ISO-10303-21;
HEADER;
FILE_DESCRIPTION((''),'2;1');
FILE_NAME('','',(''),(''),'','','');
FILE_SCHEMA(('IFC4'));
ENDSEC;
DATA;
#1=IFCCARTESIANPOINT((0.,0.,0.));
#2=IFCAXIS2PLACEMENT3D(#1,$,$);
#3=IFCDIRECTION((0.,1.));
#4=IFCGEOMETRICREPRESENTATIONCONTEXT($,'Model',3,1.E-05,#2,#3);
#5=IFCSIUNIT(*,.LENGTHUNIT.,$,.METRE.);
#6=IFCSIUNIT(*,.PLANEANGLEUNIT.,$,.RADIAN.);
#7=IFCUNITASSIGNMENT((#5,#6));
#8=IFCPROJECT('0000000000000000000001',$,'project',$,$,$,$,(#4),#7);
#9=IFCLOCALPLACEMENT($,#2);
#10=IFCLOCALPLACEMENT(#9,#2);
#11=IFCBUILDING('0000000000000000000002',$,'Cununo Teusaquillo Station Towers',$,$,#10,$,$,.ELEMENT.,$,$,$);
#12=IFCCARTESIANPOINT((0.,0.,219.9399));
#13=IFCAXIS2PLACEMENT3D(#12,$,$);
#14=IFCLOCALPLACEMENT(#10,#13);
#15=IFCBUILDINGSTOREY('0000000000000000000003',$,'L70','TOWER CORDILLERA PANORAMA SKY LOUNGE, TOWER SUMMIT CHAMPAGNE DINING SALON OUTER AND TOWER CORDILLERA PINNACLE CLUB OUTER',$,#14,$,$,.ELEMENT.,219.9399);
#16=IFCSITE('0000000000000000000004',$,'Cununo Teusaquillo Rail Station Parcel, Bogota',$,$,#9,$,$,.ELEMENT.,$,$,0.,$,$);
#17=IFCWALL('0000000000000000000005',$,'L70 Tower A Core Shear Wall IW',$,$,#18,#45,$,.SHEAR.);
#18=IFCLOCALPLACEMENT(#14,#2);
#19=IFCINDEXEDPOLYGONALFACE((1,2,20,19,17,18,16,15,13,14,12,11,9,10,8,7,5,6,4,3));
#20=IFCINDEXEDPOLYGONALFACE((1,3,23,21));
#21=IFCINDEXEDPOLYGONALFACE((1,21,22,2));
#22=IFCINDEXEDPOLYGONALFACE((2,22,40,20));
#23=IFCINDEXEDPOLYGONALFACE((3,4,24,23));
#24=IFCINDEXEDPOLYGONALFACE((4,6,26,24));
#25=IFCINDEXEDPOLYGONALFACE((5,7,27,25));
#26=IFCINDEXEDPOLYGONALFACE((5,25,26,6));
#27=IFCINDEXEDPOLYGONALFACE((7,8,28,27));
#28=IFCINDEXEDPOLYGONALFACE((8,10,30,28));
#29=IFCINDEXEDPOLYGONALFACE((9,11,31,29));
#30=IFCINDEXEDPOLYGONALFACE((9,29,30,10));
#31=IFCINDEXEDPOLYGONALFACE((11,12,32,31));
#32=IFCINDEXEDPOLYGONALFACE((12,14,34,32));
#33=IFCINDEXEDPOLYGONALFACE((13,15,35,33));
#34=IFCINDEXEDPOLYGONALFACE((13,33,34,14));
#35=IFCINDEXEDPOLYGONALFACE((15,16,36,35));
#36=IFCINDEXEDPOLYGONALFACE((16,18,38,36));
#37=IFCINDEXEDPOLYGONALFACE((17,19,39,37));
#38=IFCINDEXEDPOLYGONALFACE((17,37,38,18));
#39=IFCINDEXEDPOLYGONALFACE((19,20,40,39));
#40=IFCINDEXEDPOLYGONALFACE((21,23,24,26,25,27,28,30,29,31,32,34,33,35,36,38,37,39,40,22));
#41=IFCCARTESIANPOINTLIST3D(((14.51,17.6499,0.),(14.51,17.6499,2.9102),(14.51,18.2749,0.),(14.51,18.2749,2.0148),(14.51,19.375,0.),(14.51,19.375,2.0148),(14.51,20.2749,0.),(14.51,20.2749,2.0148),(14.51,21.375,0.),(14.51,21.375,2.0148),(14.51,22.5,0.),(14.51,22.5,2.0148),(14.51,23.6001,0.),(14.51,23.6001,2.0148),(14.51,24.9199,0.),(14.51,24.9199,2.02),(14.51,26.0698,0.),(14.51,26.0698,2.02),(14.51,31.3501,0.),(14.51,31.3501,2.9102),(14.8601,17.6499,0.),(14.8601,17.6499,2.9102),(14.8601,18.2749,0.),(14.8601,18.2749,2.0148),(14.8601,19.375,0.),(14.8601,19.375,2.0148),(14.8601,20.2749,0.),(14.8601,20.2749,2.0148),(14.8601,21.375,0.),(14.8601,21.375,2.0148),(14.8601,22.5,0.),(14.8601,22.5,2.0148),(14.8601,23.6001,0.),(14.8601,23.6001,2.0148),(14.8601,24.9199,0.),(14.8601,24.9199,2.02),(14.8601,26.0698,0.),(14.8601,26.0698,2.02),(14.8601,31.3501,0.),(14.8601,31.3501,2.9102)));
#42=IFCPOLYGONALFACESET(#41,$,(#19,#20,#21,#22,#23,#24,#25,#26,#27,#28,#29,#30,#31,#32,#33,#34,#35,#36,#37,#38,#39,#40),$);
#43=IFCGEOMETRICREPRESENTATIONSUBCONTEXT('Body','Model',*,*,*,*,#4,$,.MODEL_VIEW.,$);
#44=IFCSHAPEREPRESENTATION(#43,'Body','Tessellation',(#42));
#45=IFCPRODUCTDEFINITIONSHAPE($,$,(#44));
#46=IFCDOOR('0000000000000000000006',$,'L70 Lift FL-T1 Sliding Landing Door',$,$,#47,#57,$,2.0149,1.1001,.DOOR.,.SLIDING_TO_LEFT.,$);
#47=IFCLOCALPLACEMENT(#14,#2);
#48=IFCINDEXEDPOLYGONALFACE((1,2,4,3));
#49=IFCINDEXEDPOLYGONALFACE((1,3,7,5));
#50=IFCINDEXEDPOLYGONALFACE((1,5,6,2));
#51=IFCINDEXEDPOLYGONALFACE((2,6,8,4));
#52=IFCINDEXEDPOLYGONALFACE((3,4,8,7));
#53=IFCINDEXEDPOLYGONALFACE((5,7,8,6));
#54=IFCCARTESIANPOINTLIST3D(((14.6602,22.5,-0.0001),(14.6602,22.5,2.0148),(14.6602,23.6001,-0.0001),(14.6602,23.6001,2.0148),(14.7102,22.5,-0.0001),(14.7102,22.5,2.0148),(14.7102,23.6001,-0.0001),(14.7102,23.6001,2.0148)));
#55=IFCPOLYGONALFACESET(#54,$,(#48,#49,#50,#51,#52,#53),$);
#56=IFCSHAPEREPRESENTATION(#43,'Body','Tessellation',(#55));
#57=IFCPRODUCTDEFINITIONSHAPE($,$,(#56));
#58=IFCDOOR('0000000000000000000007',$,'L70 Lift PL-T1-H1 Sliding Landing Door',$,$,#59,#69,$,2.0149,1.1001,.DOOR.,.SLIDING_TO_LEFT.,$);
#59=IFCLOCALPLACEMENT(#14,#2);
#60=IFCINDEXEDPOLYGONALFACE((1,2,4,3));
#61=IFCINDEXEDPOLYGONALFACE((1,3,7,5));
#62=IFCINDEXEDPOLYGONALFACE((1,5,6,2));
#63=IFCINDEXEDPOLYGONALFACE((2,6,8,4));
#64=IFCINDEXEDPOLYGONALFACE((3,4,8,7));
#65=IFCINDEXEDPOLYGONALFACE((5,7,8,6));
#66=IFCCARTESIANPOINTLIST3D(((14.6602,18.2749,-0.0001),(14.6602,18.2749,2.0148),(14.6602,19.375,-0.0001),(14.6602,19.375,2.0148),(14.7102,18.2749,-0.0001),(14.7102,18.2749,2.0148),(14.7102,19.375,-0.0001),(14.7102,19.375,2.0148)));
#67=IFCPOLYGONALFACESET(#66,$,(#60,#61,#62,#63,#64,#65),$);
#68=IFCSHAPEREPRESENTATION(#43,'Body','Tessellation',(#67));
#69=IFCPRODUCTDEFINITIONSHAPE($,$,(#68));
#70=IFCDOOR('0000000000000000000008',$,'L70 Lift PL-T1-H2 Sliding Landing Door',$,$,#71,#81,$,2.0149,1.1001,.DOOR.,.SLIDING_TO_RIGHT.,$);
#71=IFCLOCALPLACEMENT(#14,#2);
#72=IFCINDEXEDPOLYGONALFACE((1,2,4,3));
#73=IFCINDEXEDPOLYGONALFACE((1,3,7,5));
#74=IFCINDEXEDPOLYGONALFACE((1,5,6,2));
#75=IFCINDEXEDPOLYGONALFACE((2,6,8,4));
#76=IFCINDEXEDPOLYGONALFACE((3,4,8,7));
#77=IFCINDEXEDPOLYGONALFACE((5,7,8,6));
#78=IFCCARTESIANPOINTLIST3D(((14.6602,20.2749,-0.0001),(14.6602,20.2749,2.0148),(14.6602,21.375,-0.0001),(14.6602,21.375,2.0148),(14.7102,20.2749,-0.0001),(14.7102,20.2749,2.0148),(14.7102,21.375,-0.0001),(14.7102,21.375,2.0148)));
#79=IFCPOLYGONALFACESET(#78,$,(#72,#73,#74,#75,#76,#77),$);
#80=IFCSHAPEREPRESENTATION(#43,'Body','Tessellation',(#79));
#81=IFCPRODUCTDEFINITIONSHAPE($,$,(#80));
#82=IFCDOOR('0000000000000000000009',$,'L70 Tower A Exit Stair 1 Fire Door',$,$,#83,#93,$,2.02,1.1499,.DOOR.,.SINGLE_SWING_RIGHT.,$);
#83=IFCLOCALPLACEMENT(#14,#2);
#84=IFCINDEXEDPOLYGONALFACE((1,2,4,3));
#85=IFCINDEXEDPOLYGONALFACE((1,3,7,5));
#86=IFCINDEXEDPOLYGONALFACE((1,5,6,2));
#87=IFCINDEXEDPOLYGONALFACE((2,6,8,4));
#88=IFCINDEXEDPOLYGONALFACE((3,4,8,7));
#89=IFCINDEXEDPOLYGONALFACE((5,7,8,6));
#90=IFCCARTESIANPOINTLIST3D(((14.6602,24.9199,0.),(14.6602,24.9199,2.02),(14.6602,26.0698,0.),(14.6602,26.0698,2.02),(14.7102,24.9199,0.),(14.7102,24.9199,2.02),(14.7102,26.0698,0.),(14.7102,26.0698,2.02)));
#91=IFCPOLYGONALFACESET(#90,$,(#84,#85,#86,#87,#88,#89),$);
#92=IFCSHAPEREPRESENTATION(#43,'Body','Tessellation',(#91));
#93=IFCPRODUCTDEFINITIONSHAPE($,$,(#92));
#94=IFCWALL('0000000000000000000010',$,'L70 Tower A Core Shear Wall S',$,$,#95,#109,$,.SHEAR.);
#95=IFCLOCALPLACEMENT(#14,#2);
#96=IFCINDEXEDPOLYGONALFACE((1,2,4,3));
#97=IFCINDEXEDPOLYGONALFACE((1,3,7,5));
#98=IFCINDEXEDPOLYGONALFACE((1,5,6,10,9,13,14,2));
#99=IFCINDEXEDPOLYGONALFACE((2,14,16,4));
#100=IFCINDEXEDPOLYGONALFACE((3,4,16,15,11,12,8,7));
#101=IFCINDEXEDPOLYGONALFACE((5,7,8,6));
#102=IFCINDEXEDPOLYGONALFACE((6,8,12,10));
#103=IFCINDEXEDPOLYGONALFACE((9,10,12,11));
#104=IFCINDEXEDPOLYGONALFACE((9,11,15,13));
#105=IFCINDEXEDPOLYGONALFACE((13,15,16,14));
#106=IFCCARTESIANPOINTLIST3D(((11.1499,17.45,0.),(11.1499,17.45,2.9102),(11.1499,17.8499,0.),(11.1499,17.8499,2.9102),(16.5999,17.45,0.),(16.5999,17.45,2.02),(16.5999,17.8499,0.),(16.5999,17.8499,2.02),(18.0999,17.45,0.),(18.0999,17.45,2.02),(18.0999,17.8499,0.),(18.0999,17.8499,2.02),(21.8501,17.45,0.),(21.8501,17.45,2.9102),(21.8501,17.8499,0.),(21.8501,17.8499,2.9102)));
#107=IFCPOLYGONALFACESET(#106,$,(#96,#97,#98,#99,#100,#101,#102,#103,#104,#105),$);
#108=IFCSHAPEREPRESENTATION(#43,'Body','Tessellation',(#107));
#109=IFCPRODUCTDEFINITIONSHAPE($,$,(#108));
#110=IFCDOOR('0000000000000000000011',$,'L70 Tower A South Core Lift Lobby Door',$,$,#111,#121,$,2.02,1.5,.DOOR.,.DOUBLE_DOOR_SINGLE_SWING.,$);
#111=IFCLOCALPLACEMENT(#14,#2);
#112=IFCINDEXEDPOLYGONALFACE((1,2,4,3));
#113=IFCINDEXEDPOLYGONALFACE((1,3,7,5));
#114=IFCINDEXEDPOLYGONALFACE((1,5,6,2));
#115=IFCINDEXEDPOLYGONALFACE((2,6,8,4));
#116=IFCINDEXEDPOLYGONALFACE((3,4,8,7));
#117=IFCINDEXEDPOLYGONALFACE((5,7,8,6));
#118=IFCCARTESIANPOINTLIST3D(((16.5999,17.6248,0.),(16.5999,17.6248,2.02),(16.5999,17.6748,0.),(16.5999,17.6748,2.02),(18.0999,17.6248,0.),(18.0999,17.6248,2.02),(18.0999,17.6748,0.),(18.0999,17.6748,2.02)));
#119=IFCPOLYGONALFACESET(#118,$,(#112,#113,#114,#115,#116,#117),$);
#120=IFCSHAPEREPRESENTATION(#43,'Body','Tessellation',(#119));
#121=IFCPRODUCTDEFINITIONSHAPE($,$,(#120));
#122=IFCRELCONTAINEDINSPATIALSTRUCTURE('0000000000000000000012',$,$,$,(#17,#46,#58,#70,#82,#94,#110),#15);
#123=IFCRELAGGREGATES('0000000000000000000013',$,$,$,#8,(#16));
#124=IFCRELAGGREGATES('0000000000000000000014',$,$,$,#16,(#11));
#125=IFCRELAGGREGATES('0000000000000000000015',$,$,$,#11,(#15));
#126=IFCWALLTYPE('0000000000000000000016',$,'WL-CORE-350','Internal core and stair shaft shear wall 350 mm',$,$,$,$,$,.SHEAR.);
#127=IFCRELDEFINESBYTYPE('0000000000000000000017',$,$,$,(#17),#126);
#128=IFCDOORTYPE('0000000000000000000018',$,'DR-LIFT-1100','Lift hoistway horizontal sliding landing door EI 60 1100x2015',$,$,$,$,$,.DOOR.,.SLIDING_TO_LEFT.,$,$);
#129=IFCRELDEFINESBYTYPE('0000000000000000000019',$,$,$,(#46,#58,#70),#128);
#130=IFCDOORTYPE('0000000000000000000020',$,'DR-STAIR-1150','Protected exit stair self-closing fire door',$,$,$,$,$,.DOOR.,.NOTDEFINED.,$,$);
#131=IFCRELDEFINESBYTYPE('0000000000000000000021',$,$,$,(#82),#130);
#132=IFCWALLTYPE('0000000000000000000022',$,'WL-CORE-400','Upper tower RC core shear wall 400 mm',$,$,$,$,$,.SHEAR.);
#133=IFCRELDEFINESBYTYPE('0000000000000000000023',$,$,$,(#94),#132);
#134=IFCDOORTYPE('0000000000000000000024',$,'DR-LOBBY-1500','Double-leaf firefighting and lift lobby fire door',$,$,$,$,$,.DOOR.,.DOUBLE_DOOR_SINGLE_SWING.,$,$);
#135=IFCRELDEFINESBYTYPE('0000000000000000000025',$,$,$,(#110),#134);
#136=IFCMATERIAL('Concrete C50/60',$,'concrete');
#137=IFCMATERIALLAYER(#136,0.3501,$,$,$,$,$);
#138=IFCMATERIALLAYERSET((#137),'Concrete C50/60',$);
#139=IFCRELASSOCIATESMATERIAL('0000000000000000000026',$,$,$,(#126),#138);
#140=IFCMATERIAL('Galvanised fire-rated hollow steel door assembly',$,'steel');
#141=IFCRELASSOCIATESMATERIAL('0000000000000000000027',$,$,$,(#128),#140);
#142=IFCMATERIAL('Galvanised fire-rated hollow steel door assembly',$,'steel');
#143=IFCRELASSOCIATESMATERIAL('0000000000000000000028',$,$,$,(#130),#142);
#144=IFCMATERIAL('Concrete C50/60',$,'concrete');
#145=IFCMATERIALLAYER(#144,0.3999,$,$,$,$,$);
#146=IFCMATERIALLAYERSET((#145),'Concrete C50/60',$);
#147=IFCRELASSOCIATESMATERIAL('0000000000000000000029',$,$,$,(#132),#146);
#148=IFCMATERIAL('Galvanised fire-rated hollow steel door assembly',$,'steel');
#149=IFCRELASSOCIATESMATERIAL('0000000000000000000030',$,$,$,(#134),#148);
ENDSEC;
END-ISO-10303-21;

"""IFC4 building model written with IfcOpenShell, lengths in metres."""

from ifc_helpers import new_model, si_unit, direction, frame, frame_2d, origin, place, context, subcontext, project, spatial, rectangle, extrude, source, transform, mapped, material, layer, layer_set, type_object, element, fill, save


model = new_model("IFC4")

# Units and contexts
model_context = context("Model", 3, precision=1e-05, world=origin(), true_north=direction((0.0, 1.0)))
body_context = subcontext(model_context, "Body", "Model", "MODEL_VIEW")
ifc_project = project(units=[si_unit("LENGTHUNIT", "METRE"), si_unit("PLANEANGLEUNIT", "RADIAN")], contexts=[model_context])

# Site, building, storey
site_placement = place(None, origin())
site = spatial("IfcSite", under=ifc_project, at=site_placement, Name="Cununo Teusaquillo Rail Station Parcel, Bogota", CompositionType="ELEMENT", RefElevation=0.0)
building_placement = place(site_placement, origin())
building = spatial("IfcBuilding", under=site, at=building_placement, Name="Cununo Teusaquillo Station Towers", CompositionType="ELEMENT")
storey_placement = place(building_placement, frame((0.0, 0.0, 219.9399)))
storey = spatial("IfcBuildingStorey", under=building, at=storey_placement, Name="L70", Description="TOWER CORDILLERA PANORAMA SKY LOUNGE, TOWER SUMMIT CHAMPAGNE DINING SALON OUTER AND TOWER CORDILLERA PINNACLE CLUB OUTER", CompositionType="ELEMENT", Elevation=219.9399)

# Wall, openings, doors
ifc_material_1 = material(Name="Concrete C50/60", Category="concrete")
ifc_layer_1 = layer(ifc_material_1, 0.3501)
ifc_layer_set_1 = layer_set([ifc_layer_1], Name="Concrete C50/60")
wall_type_1 = type_object("IfcWallType", Name="WL-CORE-350", Description="Internal core and stair shaft shear wall 350 mm", PredefinedType="SHEAR", material=ifc_layer_set_1)
wall_1_placement = place(storey_placement, frame((14.6851, 17.6499, 0.0), z_axis=(0.0, 0.0, 1.0), x_axis=(0.0, 1.0, 0.0)))
wall_1 = element("IfcWall", 1, at=wall_1_placement, inside=storey, type_object=wall_type_1, Name="L70 Tower A Core Shear Wall IW", PredefinedType="SHEAR", context=body_context, shape_type="SweptSolid", body=[
    extrude(rectangle(XDim=13.7002, YDim=0.3501, at=frame_2d((6.8501, 0.0))), origin(), (0.0, 0.0, 1.0), 2.9102),
])
shared_shape_1 = source(origin(), body_context, "Body", "SweptSolid", [
    extrude(rectangle(XDim=1.1001, YDim=2.0149, at=frame_2d((0.55, 1.0073))), frame((0.0, 0.1851, 0.0), z_axis=(0.0, -1.0, 0.0), x_axis=(1.0, 0.0, 0.0)), (0.0, 0.0, 1.0), 0.3701),
])
opening_1_placement = place(wall_1_placement, frame((4.8501, 0.0, 0.0)))
opening_1 = element("IfcOpeningElement", 2, at=opening_1_placement, cuts=wall_1, PredefinedType="OPENING", context=body_context, shape_type="MappedRepresentation", body=[
    mapped(shared_shape_1, transform((0.0, 0.0, 0.0), x_axis=(1.0, 0.0, 0.0), y_axis=(0.0, 1.0, 0.0), z_axis=(0.0, 0.0, 1.0), scale=1.0)),
])
opening_2_placement = place(wall_1_placement, frame((0.625, 0.0, 0.0)))
opening_2 = element("IfcOpeningElement", 3, at=opening_2_placement, cuts=wall_1, PredefinedType="OPENING", context=body_context, shape_type="MappedRepresentation", body=[
    mapped(shared_shape_1, transform((0.0, 0.0, 0.0), x_axis=(1.0, 0.0, 0.0), y_axis=(0.0, 1.0, 0.0), z_axis=(0.0, 0.0, 1.0), scale=1.0)),
])
opening_3_placement = place(wall_1_placement, frame((2.625, 0.0, 0.0)))
opening_3 = element("IfcOpeningElement", 4, at=opening_3_placement, cuts=wall_1, PredefinedType="OPENING", context=body_context, shape_type="MappedRepresentation", body=[
    mapped(shared_shape_1, transform((0.0, 0.0, 0.0), x_axis=(1.0, 0.0, 0.0), y_axis=(0.0, 1.0, 0.0), z_axis=(0.0, 0.0, 1.0), scale=1.0)),
])
shared_shape_2 = source(origin(), body_context, "Body", "SweptSolid", [
    extrude(rectangle(XDim=1.1499, YDim=2.02, at=frame_2d((0.575, 1.01))), frame((0.0, 0.1851, 0.0), z_axis=(0.0, -1.0, 0.0), x_axis=(1.0, 0.0, 0.0)), (0.0, 0.0, 1.0), 0.3701),
])
opening_4_placement = place(wall_1_placement, frame((7.27, 0.0, 0.0)))
opening_4 = element("IfcOpeningElement", 5, at=opening_4_placement, cuts=wall_1, PredefinedType="OPENING", context=body_context, shape_type="MappedRepresentation", body=[
    mapped(shared_shape_2, transform((0.0, 0.0, 0.0), x_axis=(1.0, 0.0, 0.0), y_axis=(0.0, 1.0, 0.0), z_axis=(0.0, 0.0, 1.0), scale=1.0)),
])
ifc_material_2 = material(Name="Galvanised fire-rated hollow steel door assembly", Category="steel")
door_type_1 = type_object("IfcDoorType", Name="DR-LIFT-1100", Description="Lift hoistway horizontal sliding landing door EI 60 1100x2015", OperationType="SLIDING_TO_LEFT", PredefinedType="DOOR", material=ifc_material_2)
shared_shape_3 = source(origin(), body_context, "Body", "SweptSolid", [
    extrude(rectangle(XDim=1.1001, YDim=2.0149, at=frame_2d((0.55, 1.0073))), frame((0.0, 0.0249, 0.0), z_axis=(0.0, -1.0, 0.0), x_axis=(1.0, 0.0, 0.0)), (0.0, 0.0, 1.0), 0.05),
])
door_1_placement = place(opening_1_placement, origin())
door_1 = element("IfcDoor", 6, at=door_1_placement, inside=storey, type_object=door_type_1, Name="L70 Lift FL-T1 Sliding Landing Door", OperationType="SLIDING_TO_LEFT", OverallHeight=2.0149, OverallWidth=1.1001, PredefinedType="DOOR", context=body_context, shape_type="MappedRepresentation", body=[
    mapped(shared_shape_3, transform((0.0, 0.0, 0.0), x_axis=(1.0, 0.0, 0.0), y_axis=(0.0, 1.0, 0.0), z_axis=(0.0, 0.0, 1.0), scale=1.0)),
])
fill(opening_1, door_1)
door_2_placement = place(opening_2_placement, origin())
door_2 = element("IfcDoor", 7, at=door_2_placement, inside=storey, type_object=door_type_1, Name="L70 Lift PL-T1-H1 Sliding Landing Door", OperationType="SLIDING_TO_LEFT", OverallHeight=2.0149, OverallWidth=1.1001, PredefinedType="DOOR", context=body_context, shape_type="MappedRepresentation", body=[
    mapped(shared_shape_3, transform((0.0, 0.0, 0.0), x_axis=(1.0, 0.0, 0.0), y_axis=(0.0, 1.0, 0.0), z_axis=(0.0, 0.0, 1.0), scale=1.0)),
])
fill(opening_2, door_2)
door_3_placement = place(opening_3_placement, origin())
door_3 = element("IfcDoor", 8, at=door_3_placement, inside=storey, type_object=door_type_1, Name="L70 Lift PL-T1-H2 Sliding Landing Door", OperationType="SLIDING_TO_RIGHT", OverallHeight=2.0149, OverallWidth=1.1001, PredefinedType="DOOR", context=body_context, shape_type="MappedRepresentation", body=[
    mapped(shared_shape_3, transform((0.0, 0.0, 0.0), x_axis=(1.0, 0.0, 0.0), y_axis=(0.0, 1.0, 0.0), z_axis=(0.0, 0.0, 1.0), scale=1.0)),
])
fill(opening_3, door_3)
ifc_material_3 = material(Name="Galvanised fire-rated hollow steel door assembly", Category="steel")
door_type_2 = type_object("IfcDoorType", Name="DR-STAIR-1150", Description="Protected exit stair self-closing fire door", OperationType="NOTDEFINED", PredefinedType="DOOR", material=ifc_material_3)
shared_shape_4 = source(origin(), body_context, "Body", "SweptSolid", [
    extrude(rectangle(XDim=1.1499, YDim=2.02, at=frame_2d((0.575, 1.01))), frame((0.0, 0.0249, 0.0), z_axis=(0.0, -1.0, 0.0), x_axis=(1.0, 0.0, 0.0)), (0.0, 0.0, 1.0), 0.05),
])
door_4_placement = place(opening_4_placement, origin())
door_4 = element("IfcDoor", 9, at=door_4_placement, inside=storey, type_object=door_type_2, Name="L70 Tower A Exit Stair 1 Fire Door", OperationType="SINGLE_SWING_RIGHT", OverallHeight=2.02, OverallWidth=1.1499, PredefinedType="DOOR", context=body_context, shape_type="MappedRepresentation", body=[
    mapped(shared_shape_4, transform((0.0, 0.0, 0.0), x_axis=(1.0, 0.0, 0.0), y_axis=(0.0, 1.0, 0.0), z_axis=(0.0, 0.0, 1.0), scale=1.0)),
])
fill(opening_4, door_4)

# Wall, opening, door
ifc_material_4 = material(Name="Concrete C50/60", Category="concrete")
ifc_layer_2 = layer(ifc_material_4, 0.3999)
ifc_layer_set_2 = layer_set([ifc_layer_2], Name="Concrete C50/60")
wall_type_2 = type_object("IfcWallType", Name="WL-CORE-400", Description="Upper tower RC core shear wall 400 mm", PredefinedType="SHEAR", material=ifc_layer_set_2)
wall_2_placement = place(storey_placement, frame((11.1499, 17.6499, 0.0), z_axis=(0.0, 0.0, 1.0), x_axis=(1.0, 0.0, 0.0)))
wall_2 = element("IfcWall", 10, at=wall_2_placement, inside=storey, type_object=wall_type_2, Name="L70 Tower A Core Shear Wall S", PredefinedType="SHEAR", context=body_context, shape_type="SweptSolid", body=[
    extrude(rectangle(XDim=10.7002, YDim=0.3999, at=frame_2d((5.3501, 0.0))), origin(), (0.0, 0.0, 1.0), 2.9102),
])
shared_shape_5 = source(origin(), body_context, "Body", "SweptSolid", [
    extrude(rectangle(XDim=1.5, YDim=2.02, at=frame_2d((0.75, 1.01))), frame((0.0, 0.21, 0.0), z_axis=(0.0, -1.0, 0.0), x_axis=(1.0, 0.0, 0.0)), (0.0, 0.0, 1.0), 0.4199),
])
opening_5_placement = place(wall_2_placement, frame((5.45, 0.0, 0.0)))
opening_5 = element("IfcOpeningElement", 11, at=opening_5_placement, cuts=wall_2, PredefinedType="OPENING", context=body_context, shape_type="MappedRepresentation", body=[
    mapped(shared_shape_5, transform((0.0, 0.0, 0.0), x_axis=(1.0, 0.0, 0.0), y_axis=(0.0, 1.0, 0.0), z_axis=(0.0, 0.0, 1.0), scale=1.0)),
])
ifc_material_5 = material(Name="Galvanised fire-rated hollow steel door assembly", Category="steel")
door_type_3 = type_object("IfcDoorType", Name="DR-LOBBY-1500", Description="Double-leaf firefighting and lift lobby fire door", OperationType="DOUBLE_DOOR_SINGLE_SWING", PredefinedType="DOOR", material=ifc_material_5)
shared_shape_6 = source(origin(), body_context, "Body", "SweptSolid", [
    extrude(rectangle(XDim=1.5, YDim=2.02, at=frame_2d((0.75, 1.01))), frame((0.0, 0.0249, 0.0), z_axis=(0.0, -1.0, 0.0), x_axis=(1.0, 0.0, 0.0)), (0.0, 0.0, 1.0), 0.05),
])
door_5_placement = place(opening_5_placement, origin())
door_5 = element("IfcDoor", 12, at=door_5_placement, inside=storey, type_object=door_type_3, Name="L70 Tower A South Core Lift Lobby Door", OperationType="DOUBLE_DOOR_SINGLE_SWING", OverallHeight=2.02, OverallWidth=1.5, PredefinedType="DOOR", context=body_context, shape_type="MappedRepresentation", body=[
    mapped(shared_shape_6, transform((0.0, 0.0, 0.0), x_axis=(1.0, 0.0, 0.0), y_axis=(0.0, 1.0, 0.0), z_axis=(0.0, 0.0, 1.0), scale=1.0)),
])
fill(opening_5, door_5)

save(model, "model.ifc")
